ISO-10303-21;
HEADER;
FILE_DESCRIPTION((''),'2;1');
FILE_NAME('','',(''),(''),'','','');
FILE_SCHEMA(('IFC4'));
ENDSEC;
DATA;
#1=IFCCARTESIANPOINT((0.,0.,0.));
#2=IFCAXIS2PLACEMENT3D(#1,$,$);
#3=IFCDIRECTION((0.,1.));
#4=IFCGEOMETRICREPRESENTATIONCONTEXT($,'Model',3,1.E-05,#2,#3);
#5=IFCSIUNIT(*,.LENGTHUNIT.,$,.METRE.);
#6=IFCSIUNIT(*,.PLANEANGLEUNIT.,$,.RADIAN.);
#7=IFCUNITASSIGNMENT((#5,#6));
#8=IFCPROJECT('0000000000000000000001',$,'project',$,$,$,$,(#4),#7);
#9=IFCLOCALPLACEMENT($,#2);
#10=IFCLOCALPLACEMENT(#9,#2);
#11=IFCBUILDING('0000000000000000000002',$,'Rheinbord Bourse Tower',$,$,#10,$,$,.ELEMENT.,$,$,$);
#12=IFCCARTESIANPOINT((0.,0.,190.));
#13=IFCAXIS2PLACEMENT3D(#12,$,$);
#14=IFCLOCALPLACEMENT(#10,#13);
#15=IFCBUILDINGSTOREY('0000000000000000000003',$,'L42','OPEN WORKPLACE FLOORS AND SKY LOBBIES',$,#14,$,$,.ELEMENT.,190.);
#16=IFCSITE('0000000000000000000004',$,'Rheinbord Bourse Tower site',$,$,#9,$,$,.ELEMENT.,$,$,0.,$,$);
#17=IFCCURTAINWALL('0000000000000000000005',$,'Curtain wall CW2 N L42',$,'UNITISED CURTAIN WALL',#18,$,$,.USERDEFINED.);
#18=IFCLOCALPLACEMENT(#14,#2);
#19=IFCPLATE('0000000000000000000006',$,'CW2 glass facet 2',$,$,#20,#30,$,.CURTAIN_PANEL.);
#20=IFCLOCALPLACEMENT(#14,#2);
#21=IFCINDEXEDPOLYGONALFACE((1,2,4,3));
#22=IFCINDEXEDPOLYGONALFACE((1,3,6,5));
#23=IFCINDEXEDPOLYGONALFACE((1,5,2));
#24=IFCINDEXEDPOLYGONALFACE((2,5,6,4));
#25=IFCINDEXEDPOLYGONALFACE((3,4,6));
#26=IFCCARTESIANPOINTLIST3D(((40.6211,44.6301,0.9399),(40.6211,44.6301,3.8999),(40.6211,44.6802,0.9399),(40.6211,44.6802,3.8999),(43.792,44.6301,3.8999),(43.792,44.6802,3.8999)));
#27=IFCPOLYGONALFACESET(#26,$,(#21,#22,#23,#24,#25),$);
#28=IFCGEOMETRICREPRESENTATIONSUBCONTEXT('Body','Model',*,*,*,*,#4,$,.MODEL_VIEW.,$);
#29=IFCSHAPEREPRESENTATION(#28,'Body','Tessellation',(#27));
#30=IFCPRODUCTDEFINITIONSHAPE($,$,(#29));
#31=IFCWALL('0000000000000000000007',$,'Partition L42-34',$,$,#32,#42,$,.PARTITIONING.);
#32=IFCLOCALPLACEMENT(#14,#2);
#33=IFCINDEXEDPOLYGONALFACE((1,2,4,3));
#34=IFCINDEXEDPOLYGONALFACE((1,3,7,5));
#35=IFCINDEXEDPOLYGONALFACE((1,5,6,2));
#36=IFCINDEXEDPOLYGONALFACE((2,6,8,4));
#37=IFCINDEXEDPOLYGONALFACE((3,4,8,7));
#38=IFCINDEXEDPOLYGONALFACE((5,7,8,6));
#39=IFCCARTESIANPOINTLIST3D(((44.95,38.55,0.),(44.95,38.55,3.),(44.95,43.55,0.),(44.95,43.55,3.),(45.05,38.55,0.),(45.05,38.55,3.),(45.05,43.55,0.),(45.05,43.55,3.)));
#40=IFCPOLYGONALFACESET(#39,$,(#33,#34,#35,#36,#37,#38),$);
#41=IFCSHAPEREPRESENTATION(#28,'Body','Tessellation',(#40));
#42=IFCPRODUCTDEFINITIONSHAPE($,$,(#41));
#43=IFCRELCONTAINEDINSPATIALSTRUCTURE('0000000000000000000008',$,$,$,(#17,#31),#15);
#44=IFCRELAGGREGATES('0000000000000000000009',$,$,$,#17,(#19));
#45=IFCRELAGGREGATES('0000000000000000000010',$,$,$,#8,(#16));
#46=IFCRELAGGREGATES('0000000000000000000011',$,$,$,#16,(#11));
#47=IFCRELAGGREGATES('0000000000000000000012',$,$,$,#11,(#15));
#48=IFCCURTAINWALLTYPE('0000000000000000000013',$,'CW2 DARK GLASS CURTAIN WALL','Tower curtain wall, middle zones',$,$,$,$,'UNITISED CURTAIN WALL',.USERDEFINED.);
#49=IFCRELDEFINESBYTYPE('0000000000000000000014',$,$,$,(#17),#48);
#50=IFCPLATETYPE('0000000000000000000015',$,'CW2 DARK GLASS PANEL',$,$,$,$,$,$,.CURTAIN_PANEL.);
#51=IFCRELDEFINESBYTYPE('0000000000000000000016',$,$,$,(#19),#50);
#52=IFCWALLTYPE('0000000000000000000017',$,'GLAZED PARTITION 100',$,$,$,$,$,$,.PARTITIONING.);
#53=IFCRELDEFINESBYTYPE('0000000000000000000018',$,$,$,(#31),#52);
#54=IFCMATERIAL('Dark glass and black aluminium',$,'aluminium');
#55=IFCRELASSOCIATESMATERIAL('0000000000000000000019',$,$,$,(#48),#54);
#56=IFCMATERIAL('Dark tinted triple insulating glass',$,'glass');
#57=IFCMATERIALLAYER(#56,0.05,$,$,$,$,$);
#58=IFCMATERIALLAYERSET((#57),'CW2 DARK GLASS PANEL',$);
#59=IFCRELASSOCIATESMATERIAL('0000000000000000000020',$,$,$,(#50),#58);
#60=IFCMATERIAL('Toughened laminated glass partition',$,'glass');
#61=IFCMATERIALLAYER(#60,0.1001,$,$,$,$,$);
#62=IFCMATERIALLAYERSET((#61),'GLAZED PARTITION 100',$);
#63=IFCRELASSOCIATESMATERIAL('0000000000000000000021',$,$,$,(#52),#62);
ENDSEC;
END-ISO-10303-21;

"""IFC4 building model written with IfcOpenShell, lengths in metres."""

from ifc_helpers import new_model, si_unit, direction, frame, frame_2d, origin, place, context, subcontext, project, spatial, polyline, rectangle, outline, extrude, material, layer, layer_set, type_object, element, aggregate, save


model = new_model("IFC4")

# Units and contexts
model_context = context("Model", 3, precision=1e-05, world=origin(), true_north=direction((0.0, 1.0)))
body_context = subcontext(model_context, "Body", "Model", "MODEL_VIEW")
ifc_project = project(units=[si_unit("LENGTHUNIT", "METRE"), si_unit("PLANEANGLEUNIT", "RADIAN")], contexts=[model_context])

# Site, building, storey
site_placement = place(None, origin())
site = spatial("IfcSite", under=ifc_project, at=site_placement, Name="Rheinbord Bourse Tower site", CompositionType="ELEMENT", RefElevation=0.0)
building_placement = place(site_placement, origin())
building = spatial("IfcBuilding", under=site, at=building_placement, Name="Rheinbord Bourse Tower", CompositionType="ELEMENT")
storey_placement = place(building_placement, frame((0.0, 0.0, 190.0)))
storey = spatial("IfcBuildingStorey", under=building, at=storey_placement, Name="L42", Description="OPEN WORKPLACE FLOORS AND SKY LOBBIES", CompositionType="ELEMENT", Elevation=190.0)

# Curtain wall
ifc_material_1 = material(Name="Dark glass and black aluminium", Category="aluminium")
curtain_wall_type = type_object("IfcCurtainWallType", Name="CW2 DARK GLASS CURTAIN WALL", Description="Tower curtain wall, middle zones", ElementType="UNITISED CURTAIN WALL", PredefinedType="USERDEFINED", material=ifc_material_1)
curtain_wall_placement = place(storey_placement, origin())
curtain_wall = element("IfcCurtainWall", 1, at=curtain_wall_placement, inside=storey, type_object=curtain_wall_type, Name="Curtain wall CW2 N L42", ObjectType="UNITISED CURTAIN WALL", PredefinedType="USERDEFINED")

# Plate
ifc_material_2 = material(Name="Dark tinted triple insulating glass", Category="glass")
ifc_layer_1 = layer(ifc_material_2, 0.05)
ifc_layer_set_1 = layer_set([ifc_layer_1], Name="CW2 DARK GLASS PANEL")
plate_type = type_object("IfcPlateType", Name="CW2 DARK GLASS PANEL", PredefinedType="CURTAIN_PANEL", material=ifc_layer_set_1)
plate_1_placement = place(storey_placement, frame((40.6211, 44.6802, 3.8999), z_axis=(0.0, -1.0, 0.0), x_axis=(0.0, 0.0, -1.0)))
plate_1 = element("IfcPlate", 2, at=plate_1_placement, type_object=plate_type, Name="CW2 glass facet 2", PredefinedType="CURTAIN_PANEL", context=body_context, shape_type="SweptSolid", body=[
    extrude(outline(polyline([(0.0, 0.0), (2.96, 0.0), (0.0, 3.1709), (0.0, 0.0)])), origin(), (0.0, 0.0, 1.0), 0.05),
])
aggregate(curtain_wall, [plate_1])

# Wall
ifc_material_3 = material(Name="Toughened laminated glass partition", Category="glass")
ifc_layer_2 = layer(ifc_material_3, 0.1001)
ifc_layer_set_2 = layer_set([ifc_layer_2], Name="GLAZED PARTITION 100")
wall_type = type_object("IfcWallType", Name="GLAZED PARTITION 100", PredefinedType="PARTITIONING", material=ifc_layer_set_2)
wall_placement = place(storey_placement, frame((45.0, 38.55, 0.0), z_axis=(0.0, 0.0, 1.0), x_axis=(0.0, 1.0, 0.0)))
element("IfcWall", 3, at=wall_placement, inside=storey, type_object=wall_type, Name="Partition L42-34", PredefinedType="PARTITIONING", context=body_context, shape_type="SweptSolid", body=[
    extrude(rectangle(XDim=5.0, YDim=0.1001, at=frame_2d((2.5, 0.0))), origin(), (0.0, 0.0, 1.0), 3.0),
])

save(model, "model.ifc")
